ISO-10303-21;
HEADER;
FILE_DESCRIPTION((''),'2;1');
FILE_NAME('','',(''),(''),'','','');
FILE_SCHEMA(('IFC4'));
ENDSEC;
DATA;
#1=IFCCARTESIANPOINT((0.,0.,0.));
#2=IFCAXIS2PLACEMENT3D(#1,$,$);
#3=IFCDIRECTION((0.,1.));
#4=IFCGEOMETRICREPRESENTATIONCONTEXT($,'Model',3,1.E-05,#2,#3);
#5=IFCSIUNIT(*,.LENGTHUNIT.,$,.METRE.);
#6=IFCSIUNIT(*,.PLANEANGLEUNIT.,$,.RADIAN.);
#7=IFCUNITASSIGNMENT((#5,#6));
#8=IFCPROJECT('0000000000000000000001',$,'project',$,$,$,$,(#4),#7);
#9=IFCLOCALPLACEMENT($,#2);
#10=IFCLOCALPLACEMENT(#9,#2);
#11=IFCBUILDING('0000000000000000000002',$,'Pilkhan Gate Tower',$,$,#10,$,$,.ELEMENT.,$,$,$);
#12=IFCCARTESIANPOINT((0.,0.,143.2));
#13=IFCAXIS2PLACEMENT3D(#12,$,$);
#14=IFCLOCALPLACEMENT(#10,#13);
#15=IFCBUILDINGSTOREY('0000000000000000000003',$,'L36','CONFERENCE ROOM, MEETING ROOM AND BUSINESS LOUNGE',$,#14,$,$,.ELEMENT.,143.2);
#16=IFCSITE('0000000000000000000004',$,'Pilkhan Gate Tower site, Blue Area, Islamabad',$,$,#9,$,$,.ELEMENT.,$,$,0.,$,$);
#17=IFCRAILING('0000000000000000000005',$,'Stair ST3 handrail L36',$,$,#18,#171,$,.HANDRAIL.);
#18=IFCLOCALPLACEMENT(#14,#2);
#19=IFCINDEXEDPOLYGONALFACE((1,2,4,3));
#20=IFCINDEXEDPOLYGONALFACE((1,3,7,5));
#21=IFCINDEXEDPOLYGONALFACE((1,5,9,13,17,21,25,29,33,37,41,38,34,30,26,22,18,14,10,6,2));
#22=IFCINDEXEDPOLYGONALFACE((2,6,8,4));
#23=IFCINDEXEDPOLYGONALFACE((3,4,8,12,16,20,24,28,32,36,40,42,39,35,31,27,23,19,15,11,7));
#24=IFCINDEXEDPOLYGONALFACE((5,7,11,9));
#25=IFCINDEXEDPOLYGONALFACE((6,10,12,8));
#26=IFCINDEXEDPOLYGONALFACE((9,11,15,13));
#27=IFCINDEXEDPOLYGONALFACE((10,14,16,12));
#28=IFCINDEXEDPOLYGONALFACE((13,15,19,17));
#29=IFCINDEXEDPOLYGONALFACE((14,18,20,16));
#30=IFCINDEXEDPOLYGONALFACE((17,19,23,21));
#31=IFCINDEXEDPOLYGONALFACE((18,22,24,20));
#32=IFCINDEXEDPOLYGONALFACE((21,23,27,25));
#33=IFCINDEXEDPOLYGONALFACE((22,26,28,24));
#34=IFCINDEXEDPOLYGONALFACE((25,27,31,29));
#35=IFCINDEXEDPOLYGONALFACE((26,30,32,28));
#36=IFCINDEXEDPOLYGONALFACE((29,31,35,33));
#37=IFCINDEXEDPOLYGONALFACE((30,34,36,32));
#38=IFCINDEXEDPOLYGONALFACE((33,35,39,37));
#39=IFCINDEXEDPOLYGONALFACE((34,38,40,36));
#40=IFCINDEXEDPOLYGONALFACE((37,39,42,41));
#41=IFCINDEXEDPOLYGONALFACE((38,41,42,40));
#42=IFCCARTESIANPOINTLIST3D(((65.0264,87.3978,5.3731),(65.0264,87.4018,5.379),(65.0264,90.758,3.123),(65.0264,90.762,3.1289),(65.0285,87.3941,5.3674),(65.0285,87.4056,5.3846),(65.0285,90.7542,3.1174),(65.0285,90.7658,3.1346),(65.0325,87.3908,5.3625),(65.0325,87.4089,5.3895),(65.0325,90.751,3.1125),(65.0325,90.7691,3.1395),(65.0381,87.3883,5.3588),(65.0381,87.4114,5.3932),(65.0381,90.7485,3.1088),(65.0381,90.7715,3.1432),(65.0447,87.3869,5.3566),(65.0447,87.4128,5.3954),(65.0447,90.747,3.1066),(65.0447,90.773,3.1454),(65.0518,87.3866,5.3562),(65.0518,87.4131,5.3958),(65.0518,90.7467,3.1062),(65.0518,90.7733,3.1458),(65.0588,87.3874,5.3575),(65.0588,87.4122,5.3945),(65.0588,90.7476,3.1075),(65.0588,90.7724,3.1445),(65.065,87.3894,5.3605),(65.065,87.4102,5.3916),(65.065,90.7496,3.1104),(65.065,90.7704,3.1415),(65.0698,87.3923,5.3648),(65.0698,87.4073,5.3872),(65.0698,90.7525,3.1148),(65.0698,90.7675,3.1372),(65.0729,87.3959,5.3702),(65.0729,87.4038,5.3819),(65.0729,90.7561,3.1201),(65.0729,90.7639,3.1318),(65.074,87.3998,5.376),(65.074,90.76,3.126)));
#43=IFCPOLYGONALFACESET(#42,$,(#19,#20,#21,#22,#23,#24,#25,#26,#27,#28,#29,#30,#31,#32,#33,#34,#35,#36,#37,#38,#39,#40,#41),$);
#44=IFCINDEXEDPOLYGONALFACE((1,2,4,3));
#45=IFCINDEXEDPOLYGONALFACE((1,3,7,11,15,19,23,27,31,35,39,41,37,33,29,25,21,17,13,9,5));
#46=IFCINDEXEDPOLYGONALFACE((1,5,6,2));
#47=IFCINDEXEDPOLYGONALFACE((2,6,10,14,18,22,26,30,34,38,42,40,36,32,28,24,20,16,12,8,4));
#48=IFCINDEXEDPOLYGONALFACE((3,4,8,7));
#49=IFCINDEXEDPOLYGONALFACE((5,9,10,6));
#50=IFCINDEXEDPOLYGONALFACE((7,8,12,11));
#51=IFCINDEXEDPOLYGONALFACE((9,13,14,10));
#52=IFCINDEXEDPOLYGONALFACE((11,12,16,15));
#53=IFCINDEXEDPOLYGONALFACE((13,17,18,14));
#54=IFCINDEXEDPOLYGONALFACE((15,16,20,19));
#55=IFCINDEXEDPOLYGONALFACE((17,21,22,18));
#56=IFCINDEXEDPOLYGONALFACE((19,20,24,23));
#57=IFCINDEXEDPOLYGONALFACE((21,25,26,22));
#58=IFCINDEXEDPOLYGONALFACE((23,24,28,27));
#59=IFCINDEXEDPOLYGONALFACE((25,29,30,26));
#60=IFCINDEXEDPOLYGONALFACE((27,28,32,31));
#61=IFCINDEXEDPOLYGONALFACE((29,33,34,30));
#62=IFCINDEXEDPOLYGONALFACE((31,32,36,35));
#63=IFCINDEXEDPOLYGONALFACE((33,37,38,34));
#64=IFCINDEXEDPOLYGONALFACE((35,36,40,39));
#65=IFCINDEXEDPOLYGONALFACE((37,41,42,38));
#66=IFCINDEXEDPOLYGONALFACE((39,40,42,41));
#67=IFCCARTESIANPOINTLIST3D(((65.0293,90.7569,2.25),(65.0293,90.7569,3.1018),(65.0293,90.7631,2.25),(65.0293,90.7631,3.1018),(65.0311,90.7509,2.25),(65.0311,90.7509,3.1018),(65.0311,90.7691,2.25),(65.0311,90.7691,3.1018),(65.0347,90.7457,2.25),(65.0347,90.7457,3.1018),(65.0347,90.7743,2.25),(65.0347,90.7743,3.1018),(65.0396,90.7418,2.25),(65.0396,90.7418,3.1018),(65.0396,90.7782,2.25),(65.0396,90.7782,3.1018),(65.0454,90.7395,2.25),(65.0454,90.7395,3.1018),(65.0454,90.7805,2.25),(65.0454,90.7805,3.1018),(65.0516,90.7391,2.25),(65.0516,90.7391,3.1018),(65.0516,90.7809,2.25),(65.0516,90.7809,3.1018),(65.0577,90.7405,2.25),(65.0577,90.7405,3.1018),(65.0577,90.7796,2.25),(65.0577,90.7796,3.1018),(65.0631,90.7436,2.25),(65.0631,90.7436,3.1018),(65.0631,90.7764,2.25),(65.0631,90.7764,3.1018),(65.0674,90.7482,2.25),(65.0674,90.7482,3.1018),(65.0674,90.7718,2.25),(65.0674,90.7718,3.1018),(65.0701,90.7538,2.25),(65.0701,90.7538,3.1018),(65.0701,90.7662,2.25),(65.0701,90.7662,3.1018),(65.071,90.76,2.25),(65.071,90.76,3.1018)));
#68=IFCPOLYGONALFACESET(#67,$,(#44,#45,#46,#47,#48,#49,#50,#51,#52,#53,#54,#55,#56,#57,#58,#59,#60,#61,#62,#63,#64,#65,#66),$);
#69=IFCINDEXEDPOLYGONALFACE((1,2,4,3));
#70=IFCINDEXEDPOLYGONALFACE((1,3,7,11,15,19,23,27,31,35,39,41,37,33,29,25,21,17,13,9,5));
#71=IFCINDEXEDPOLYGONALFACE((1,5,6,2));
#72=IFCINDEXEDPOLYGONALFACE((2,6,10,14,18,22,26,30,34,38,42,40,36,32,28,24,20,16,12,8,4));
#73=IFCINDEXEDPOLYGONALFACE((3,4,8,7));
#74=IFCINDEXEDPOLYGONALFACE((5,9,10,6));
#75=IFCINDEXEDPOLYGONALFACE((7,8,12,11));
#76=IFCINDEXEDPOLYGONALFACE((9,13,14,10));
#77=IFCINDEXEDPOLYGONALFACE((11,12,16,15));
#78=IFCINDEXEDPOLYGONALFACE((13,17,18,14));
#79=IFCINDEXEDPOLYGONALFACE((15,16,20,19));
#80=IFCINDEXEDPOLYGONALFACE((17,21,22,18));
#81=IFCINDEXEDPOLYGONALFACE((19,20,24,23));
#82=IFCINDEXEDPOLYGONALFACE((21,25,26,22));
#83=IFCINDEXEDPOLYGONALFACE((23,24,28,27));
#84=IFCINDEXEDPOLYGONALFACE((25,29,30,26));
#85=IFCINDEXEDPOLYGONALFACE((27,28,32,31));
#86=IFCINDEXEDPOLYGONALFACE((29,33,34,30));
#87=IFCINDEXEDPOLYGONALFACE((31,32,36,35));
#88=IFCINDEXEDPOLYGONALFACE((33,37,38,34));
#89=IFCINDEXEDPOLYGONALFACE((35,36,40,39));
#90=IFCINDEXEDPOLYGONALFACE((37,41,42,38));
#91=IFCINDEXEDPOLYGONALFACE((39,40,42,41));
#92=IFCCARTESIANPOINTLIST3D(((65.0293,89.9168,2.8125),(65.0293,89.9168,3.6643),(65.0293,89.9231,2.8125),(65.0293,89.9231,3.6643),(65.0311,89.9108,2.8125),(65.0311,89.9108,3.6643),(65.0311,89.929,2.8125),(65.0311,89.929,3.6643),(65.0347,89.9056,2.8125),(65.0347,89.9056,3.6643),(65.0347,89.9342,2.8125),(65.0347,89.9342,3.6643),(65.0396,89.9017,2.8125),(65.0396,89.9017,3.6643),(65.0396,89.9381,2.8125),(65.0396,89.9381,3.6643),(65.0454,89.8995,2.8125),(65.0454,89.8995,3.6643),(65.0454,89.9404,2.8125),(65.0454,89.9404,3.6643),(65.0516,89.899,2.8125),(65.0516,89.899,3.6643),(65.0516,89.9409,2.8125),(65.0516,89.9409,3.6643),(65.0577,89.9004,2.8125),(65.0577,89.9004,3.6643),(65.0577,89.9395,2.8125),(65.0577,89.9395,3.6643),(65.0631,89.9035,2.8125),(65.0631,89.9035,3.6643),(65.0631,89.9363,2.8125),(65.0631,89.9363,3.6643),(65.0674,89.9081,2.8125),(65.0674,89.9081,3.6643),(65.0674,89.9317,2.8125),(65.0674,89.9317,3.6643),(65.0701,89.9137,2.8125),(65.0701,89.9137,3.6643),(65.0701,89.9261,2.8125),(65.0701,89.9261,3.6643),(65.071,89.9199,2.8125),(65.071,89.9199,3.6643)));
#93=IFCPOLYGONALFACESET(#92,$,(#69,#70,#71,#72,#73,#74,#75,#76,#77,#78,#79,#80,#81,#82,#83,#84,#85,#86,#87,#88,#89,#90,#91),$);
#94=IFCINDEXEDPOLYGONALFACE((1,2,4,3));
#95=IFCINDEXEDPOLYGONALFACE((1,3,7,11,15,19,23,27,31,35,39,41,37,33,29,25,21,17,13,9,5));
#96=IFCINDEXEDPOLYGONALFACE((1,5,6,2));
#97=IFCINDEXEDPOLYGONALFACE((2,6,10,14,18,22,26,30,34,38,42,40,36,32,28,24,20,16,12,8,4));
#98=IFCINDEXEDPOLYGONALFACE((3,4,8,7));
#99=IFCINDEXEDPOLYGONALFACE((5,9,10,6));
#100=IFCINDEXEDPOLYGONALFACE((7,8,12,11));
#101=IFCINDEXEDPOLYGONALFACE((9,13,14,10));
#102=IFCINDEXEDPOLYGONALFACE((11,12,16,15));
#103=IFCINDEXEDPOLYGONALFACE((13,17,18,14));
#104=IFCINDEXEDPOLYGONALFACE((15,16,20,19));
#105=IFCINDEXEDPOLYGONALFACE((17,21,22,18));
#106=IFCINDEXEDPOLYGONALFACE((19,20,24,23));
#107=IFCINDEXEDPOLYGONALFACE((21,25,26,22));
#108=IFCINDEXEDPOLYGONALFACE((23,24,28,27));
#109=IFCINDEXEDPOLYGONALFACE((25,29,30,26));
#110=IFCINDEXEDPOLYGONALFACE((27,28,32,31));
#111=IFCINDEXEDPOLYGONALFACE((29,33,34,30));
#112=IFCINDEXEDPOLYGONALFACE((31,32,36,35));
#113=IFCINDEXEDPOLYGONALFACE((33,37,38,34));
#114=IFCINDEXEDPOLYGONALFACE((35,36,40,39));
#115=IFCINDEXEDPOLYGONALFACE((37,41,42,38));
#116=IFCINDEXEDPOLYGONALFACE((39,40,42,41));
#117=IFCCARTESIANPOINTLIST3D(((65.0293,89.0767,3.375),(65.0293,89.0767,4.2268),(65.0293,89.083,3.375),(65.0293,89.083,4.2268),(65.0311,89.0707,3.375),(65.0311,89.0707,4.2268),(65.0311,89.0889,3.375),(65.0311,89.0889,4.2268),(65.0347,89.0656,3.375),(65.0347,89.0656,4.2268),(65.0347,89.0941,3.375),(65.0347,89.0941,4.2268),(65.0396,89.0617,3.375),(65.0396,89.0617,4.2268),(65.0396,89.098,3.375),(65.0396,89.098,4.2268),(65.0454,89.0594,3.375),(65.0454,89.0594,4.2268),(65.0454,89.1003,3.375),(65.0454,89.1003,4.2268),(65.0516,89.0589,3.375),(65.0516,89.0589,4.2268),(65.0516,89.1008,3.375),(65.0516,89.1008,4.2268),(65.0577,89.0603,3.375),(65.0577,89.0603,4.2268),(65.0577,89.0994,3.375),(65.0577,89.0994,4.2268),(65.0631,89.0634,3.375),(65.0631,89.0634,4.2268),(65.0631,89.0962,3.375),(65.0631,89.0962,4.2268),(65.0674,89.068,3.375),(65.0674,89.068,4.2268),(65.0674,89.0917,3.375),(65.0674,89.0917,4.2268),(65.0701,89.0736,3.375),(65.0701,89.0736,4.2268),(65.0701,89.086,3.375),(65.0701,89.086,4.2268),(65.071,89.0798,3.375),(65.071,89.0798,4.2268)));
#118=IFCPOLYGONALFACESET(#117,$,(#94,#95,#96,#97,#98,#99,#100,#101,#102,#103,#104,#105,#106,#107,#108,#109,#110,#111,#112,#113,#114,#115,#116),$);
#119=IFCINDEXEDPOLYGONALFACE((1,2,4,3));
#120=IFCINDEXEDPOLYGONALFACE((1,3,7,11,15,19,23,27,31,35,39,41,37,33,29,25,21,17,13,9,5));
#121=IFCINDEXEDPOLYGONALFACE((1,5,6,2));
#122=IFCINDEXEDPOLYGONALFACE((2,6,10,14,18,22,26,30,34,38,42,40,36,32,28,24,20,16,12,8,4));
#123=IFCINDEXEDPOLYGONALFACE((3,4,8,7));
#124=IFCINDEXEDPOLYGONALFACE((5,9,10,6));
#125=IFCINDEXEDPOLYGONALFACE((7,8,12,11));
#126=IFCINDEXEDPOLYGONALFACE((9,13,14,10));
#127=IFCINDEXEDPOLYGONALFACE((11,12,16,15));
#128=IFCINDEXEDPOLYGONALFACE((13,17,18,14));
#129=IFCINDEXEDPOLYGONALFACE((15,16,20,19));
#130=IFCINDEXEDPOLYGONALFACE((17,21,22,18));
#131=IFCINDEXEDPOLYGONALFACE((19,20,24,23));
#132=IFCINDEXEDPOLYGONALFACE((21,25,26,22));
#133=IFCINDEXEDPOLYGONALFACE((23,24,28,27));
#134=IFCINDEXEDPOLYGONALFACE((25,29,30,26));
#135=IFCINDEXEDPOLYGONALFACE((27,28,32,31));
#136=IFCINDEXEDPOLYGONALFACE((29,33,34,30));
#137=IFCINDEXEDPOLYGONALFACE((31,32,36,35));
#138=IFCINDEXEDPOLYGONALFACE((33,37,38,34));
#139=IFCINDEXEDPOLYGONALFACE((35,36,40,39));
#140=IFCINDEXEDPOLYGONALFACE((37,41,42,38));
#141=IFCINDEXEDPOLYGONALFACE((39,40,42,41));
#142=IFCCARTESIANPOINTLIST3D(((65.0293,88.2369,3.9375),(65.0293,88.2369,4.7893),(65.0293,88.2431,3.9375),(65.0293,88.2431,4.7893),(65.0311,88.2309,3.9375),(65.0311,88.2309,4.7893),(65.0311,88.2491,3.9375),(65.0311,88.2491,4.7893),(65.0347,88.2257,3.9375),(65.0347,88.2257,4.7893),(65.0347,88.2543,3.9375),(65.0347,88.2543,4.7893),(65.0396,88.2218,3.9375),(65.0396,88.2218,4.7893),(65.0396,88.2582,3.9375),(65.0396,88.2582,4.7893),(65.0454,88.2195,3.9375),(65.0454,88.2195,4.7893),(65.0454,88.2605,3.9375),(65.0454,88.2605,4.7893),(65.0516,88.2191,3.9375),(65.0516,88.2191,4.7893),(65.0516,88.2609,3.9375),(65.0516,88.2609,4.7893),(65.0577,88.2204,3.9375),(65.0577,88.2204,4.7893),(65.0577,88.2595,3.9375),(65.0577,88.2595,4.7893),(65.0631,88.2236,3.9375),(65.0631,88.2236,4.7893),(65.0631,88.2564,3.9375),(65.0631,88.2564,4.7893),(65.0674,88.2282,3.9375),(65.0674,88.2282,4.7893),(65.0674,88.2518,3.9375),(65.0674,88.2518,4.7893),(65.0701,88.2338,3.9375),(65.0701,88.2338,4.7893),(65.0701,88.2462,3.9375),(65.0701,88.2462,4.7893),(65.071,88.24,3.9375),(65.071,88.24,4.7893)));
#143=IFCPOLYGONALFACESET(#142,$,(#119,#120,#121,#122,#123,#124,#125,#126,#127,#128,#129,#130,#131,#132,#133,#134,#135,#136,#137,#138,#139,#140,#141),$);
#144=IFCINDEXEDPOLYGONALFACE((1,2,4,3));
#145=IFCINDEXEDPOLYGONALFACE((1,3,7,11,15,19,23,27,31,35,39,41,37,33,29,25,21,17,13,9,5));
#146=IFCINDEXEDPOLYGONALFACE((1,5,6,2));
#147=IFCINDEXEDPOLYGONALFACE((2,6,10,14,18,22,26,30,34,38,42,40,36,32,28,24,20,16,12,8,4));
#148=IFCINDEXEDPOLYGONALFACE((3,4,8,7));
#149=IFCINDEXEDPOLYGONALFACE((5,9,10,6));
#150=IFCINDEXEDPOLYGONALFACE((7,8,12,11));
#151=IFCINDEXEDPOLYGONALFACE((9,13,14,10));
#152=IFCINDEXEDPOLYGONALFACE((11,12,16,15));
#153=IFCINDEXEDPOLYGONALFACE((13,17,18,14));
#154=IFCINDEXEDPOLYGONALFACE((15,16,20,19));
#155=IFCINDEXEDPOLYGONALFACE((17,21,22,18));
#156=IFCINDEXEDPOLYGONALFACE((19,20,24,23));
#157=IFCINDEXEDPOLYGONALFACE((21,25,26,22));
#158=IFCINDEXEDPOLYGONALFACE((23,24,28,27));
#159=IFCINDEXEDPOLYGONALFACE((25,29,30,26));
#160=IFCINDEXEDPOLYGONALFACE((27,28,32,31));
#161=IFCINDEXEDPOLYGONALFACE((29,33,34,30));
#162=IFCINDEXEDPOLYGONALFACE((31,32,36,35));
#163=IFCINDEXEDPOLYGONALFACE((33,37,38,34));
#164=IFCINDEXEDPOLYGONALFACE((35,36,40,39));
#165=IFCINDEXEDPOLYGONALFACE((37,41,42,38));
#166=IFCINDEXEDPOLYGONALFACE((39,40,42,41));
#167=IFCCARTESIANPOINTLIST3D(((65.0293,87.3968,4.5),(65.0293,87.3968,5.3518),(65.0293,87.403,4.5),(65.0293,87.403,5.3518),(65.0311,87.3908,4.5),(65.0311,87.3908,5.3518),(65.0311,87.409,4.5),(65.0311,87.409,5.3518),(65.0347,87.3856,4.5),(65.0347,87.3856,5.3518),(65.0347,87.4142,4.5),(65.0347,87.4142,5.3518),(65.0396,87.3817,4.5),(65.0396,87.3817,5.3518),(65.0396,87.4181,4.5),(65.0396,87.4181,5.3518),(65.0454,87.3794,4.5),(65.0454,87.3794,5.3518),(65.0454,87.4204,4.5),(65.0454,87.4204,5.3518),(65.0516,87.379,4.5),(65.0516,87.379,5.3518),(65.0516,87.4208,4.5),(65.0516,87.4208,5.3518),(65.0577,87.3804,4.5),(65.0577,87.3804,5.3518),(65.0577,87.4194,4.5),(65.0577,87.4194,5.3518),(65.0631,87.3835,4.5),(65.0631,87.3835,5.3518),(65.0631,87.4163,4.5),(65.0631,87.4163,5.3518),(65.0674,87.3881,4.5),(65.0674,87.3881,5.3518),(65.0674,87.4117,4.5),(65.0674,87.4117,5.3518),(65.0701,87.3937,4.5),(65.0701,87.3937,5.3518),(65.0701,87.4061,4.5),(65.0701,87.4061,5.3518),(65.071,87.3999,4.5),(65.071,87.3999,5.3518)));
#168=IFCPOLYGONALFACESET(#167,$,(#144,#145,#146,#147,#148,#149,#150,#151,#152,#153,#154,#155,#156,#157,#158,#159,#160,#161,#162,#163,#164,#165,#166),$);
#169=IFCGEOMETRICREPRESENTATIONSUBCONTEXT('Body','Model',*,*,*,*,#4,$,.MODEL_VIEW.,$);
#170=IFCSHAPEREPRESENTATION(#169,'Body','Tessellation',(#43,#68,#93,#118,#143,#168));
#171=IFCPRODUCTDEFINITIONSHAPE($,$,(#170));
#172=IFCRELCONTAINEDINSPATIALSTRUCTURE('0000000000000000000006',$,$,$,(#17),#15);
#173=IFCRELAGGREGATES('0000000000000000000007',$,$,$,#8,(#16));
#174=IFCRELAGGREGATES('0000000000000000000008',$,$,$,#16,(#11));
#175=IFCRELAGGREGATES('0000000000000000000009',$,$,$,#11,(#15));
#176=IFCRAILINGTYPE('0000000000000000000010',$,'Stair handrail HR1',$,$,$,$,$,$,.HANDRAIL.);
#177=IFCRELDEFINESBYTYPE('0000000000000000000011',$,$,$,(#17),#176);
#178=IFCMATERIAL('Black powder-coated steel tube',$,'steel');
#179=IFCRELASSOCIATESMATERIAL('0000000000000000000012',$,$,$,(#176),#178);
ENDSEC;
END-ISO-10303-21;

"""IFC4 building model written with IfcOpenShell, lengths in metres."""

from ifc_helpers import new_model, si_unit, direction, frame, origin, origin_2d, place, context, subcontext, project, spatial, circle, extrude, material, type_object, element, save


model = new_model("IFC4")

# Units and contexts
model_context = context("Model", 3, precision=1e-05, world=origin(), true_north=direction((0.0, 1.0)))
body_context = subcontext(model_context, "Body", "Model", "MODEL_VIEW")
ifc_project = project(units=[si_unit("LENGTHUNIT", "METRE"), si_unit("PLANEANGLEUNIT", "RADIAN")], contexts=[model_context])

# Site, building, storey
site_placement = place(None, origin())
site = spatial("IfcSite", under=ifc_project, at=site_placement, Name="Pilkhan Gate Tower site, Blue Area, Islamabad", CompositionType="ELEMENT", RefElevation=0.0)
building_placement = place(site_placement, origin())
building = spatial("IfcBuilding", under=site, at=building_placement, Name="Pilkhan Gate Tower", CompositionType="ELEMENT")
storey_placement = place(building_placement, frame((0.0, 0.0, 143.2)))
storey = spatial("IfcBuildingStorey", under=building, at=storey_placement, Name="L36", Description="CONFERENCE ROOM, MEETING ROOM AND BUSINESS LOUNGE", CompositionType="ELEMENT", Elevation=143.2)

# Railing
ifc_material_1 = material(Name="Black powder-coated steel tube", Category="steel")
railing_type_1 = type_object("IfcRailingType", Name="Stair handrail HR1", PredefinedType="HANDRAIL", material=ifc_material_1)
railing_1_placement = place(storey_placement, frame((65.05, 90.76, 2.25)))
element("IfcRailing", 1, at=railing_1_placement, inside=storey, type_object=railing_type_1, Name="Stair ST3 handrail L36", PredefinedType="HANDRAIL", context=body_context, shape_type="SweptSolid", body=[
    extrude(circle(Radius=0.0239, at=origin_2d()), frame((0.0, 0.0, 0.876), z_axis=(0.0, -0.830915, 0.556399), x_axis=(1.0, 0.0, 0.0)), (0.0, 0.0, 1.0), 4.0439),
    extrude(circle(Radius=0.021, at=origin_2d()), origin(), (0.0, 0.0, 1.0), 0.8518),
    extrude(circle(Radius=0.021, at=origin_2d()), frame((0.0, -0.8401, 0.5625)), (0.0, 0.0, 1.0), 0.8518),
    extrude(circle(Radius=0.021, at=origin_2d()), frame((0.0, -1.6802, 1.125)), (0.0, 0.0, 1.0), 0.8518),
    extrude(circle(Radius=0.021, at=origin_2d()), frame((0.0, -2.52, 1.6875)), (0.0, 0.0, 1.0), 0.8518),
    extrude(circle(Radius=0.021, at=origin_2d()), frame((0.0, -3.3601, 2.25)), (0.0, 0.0, 1.0), 0.8518),
])

save(model, "model.ifc")
